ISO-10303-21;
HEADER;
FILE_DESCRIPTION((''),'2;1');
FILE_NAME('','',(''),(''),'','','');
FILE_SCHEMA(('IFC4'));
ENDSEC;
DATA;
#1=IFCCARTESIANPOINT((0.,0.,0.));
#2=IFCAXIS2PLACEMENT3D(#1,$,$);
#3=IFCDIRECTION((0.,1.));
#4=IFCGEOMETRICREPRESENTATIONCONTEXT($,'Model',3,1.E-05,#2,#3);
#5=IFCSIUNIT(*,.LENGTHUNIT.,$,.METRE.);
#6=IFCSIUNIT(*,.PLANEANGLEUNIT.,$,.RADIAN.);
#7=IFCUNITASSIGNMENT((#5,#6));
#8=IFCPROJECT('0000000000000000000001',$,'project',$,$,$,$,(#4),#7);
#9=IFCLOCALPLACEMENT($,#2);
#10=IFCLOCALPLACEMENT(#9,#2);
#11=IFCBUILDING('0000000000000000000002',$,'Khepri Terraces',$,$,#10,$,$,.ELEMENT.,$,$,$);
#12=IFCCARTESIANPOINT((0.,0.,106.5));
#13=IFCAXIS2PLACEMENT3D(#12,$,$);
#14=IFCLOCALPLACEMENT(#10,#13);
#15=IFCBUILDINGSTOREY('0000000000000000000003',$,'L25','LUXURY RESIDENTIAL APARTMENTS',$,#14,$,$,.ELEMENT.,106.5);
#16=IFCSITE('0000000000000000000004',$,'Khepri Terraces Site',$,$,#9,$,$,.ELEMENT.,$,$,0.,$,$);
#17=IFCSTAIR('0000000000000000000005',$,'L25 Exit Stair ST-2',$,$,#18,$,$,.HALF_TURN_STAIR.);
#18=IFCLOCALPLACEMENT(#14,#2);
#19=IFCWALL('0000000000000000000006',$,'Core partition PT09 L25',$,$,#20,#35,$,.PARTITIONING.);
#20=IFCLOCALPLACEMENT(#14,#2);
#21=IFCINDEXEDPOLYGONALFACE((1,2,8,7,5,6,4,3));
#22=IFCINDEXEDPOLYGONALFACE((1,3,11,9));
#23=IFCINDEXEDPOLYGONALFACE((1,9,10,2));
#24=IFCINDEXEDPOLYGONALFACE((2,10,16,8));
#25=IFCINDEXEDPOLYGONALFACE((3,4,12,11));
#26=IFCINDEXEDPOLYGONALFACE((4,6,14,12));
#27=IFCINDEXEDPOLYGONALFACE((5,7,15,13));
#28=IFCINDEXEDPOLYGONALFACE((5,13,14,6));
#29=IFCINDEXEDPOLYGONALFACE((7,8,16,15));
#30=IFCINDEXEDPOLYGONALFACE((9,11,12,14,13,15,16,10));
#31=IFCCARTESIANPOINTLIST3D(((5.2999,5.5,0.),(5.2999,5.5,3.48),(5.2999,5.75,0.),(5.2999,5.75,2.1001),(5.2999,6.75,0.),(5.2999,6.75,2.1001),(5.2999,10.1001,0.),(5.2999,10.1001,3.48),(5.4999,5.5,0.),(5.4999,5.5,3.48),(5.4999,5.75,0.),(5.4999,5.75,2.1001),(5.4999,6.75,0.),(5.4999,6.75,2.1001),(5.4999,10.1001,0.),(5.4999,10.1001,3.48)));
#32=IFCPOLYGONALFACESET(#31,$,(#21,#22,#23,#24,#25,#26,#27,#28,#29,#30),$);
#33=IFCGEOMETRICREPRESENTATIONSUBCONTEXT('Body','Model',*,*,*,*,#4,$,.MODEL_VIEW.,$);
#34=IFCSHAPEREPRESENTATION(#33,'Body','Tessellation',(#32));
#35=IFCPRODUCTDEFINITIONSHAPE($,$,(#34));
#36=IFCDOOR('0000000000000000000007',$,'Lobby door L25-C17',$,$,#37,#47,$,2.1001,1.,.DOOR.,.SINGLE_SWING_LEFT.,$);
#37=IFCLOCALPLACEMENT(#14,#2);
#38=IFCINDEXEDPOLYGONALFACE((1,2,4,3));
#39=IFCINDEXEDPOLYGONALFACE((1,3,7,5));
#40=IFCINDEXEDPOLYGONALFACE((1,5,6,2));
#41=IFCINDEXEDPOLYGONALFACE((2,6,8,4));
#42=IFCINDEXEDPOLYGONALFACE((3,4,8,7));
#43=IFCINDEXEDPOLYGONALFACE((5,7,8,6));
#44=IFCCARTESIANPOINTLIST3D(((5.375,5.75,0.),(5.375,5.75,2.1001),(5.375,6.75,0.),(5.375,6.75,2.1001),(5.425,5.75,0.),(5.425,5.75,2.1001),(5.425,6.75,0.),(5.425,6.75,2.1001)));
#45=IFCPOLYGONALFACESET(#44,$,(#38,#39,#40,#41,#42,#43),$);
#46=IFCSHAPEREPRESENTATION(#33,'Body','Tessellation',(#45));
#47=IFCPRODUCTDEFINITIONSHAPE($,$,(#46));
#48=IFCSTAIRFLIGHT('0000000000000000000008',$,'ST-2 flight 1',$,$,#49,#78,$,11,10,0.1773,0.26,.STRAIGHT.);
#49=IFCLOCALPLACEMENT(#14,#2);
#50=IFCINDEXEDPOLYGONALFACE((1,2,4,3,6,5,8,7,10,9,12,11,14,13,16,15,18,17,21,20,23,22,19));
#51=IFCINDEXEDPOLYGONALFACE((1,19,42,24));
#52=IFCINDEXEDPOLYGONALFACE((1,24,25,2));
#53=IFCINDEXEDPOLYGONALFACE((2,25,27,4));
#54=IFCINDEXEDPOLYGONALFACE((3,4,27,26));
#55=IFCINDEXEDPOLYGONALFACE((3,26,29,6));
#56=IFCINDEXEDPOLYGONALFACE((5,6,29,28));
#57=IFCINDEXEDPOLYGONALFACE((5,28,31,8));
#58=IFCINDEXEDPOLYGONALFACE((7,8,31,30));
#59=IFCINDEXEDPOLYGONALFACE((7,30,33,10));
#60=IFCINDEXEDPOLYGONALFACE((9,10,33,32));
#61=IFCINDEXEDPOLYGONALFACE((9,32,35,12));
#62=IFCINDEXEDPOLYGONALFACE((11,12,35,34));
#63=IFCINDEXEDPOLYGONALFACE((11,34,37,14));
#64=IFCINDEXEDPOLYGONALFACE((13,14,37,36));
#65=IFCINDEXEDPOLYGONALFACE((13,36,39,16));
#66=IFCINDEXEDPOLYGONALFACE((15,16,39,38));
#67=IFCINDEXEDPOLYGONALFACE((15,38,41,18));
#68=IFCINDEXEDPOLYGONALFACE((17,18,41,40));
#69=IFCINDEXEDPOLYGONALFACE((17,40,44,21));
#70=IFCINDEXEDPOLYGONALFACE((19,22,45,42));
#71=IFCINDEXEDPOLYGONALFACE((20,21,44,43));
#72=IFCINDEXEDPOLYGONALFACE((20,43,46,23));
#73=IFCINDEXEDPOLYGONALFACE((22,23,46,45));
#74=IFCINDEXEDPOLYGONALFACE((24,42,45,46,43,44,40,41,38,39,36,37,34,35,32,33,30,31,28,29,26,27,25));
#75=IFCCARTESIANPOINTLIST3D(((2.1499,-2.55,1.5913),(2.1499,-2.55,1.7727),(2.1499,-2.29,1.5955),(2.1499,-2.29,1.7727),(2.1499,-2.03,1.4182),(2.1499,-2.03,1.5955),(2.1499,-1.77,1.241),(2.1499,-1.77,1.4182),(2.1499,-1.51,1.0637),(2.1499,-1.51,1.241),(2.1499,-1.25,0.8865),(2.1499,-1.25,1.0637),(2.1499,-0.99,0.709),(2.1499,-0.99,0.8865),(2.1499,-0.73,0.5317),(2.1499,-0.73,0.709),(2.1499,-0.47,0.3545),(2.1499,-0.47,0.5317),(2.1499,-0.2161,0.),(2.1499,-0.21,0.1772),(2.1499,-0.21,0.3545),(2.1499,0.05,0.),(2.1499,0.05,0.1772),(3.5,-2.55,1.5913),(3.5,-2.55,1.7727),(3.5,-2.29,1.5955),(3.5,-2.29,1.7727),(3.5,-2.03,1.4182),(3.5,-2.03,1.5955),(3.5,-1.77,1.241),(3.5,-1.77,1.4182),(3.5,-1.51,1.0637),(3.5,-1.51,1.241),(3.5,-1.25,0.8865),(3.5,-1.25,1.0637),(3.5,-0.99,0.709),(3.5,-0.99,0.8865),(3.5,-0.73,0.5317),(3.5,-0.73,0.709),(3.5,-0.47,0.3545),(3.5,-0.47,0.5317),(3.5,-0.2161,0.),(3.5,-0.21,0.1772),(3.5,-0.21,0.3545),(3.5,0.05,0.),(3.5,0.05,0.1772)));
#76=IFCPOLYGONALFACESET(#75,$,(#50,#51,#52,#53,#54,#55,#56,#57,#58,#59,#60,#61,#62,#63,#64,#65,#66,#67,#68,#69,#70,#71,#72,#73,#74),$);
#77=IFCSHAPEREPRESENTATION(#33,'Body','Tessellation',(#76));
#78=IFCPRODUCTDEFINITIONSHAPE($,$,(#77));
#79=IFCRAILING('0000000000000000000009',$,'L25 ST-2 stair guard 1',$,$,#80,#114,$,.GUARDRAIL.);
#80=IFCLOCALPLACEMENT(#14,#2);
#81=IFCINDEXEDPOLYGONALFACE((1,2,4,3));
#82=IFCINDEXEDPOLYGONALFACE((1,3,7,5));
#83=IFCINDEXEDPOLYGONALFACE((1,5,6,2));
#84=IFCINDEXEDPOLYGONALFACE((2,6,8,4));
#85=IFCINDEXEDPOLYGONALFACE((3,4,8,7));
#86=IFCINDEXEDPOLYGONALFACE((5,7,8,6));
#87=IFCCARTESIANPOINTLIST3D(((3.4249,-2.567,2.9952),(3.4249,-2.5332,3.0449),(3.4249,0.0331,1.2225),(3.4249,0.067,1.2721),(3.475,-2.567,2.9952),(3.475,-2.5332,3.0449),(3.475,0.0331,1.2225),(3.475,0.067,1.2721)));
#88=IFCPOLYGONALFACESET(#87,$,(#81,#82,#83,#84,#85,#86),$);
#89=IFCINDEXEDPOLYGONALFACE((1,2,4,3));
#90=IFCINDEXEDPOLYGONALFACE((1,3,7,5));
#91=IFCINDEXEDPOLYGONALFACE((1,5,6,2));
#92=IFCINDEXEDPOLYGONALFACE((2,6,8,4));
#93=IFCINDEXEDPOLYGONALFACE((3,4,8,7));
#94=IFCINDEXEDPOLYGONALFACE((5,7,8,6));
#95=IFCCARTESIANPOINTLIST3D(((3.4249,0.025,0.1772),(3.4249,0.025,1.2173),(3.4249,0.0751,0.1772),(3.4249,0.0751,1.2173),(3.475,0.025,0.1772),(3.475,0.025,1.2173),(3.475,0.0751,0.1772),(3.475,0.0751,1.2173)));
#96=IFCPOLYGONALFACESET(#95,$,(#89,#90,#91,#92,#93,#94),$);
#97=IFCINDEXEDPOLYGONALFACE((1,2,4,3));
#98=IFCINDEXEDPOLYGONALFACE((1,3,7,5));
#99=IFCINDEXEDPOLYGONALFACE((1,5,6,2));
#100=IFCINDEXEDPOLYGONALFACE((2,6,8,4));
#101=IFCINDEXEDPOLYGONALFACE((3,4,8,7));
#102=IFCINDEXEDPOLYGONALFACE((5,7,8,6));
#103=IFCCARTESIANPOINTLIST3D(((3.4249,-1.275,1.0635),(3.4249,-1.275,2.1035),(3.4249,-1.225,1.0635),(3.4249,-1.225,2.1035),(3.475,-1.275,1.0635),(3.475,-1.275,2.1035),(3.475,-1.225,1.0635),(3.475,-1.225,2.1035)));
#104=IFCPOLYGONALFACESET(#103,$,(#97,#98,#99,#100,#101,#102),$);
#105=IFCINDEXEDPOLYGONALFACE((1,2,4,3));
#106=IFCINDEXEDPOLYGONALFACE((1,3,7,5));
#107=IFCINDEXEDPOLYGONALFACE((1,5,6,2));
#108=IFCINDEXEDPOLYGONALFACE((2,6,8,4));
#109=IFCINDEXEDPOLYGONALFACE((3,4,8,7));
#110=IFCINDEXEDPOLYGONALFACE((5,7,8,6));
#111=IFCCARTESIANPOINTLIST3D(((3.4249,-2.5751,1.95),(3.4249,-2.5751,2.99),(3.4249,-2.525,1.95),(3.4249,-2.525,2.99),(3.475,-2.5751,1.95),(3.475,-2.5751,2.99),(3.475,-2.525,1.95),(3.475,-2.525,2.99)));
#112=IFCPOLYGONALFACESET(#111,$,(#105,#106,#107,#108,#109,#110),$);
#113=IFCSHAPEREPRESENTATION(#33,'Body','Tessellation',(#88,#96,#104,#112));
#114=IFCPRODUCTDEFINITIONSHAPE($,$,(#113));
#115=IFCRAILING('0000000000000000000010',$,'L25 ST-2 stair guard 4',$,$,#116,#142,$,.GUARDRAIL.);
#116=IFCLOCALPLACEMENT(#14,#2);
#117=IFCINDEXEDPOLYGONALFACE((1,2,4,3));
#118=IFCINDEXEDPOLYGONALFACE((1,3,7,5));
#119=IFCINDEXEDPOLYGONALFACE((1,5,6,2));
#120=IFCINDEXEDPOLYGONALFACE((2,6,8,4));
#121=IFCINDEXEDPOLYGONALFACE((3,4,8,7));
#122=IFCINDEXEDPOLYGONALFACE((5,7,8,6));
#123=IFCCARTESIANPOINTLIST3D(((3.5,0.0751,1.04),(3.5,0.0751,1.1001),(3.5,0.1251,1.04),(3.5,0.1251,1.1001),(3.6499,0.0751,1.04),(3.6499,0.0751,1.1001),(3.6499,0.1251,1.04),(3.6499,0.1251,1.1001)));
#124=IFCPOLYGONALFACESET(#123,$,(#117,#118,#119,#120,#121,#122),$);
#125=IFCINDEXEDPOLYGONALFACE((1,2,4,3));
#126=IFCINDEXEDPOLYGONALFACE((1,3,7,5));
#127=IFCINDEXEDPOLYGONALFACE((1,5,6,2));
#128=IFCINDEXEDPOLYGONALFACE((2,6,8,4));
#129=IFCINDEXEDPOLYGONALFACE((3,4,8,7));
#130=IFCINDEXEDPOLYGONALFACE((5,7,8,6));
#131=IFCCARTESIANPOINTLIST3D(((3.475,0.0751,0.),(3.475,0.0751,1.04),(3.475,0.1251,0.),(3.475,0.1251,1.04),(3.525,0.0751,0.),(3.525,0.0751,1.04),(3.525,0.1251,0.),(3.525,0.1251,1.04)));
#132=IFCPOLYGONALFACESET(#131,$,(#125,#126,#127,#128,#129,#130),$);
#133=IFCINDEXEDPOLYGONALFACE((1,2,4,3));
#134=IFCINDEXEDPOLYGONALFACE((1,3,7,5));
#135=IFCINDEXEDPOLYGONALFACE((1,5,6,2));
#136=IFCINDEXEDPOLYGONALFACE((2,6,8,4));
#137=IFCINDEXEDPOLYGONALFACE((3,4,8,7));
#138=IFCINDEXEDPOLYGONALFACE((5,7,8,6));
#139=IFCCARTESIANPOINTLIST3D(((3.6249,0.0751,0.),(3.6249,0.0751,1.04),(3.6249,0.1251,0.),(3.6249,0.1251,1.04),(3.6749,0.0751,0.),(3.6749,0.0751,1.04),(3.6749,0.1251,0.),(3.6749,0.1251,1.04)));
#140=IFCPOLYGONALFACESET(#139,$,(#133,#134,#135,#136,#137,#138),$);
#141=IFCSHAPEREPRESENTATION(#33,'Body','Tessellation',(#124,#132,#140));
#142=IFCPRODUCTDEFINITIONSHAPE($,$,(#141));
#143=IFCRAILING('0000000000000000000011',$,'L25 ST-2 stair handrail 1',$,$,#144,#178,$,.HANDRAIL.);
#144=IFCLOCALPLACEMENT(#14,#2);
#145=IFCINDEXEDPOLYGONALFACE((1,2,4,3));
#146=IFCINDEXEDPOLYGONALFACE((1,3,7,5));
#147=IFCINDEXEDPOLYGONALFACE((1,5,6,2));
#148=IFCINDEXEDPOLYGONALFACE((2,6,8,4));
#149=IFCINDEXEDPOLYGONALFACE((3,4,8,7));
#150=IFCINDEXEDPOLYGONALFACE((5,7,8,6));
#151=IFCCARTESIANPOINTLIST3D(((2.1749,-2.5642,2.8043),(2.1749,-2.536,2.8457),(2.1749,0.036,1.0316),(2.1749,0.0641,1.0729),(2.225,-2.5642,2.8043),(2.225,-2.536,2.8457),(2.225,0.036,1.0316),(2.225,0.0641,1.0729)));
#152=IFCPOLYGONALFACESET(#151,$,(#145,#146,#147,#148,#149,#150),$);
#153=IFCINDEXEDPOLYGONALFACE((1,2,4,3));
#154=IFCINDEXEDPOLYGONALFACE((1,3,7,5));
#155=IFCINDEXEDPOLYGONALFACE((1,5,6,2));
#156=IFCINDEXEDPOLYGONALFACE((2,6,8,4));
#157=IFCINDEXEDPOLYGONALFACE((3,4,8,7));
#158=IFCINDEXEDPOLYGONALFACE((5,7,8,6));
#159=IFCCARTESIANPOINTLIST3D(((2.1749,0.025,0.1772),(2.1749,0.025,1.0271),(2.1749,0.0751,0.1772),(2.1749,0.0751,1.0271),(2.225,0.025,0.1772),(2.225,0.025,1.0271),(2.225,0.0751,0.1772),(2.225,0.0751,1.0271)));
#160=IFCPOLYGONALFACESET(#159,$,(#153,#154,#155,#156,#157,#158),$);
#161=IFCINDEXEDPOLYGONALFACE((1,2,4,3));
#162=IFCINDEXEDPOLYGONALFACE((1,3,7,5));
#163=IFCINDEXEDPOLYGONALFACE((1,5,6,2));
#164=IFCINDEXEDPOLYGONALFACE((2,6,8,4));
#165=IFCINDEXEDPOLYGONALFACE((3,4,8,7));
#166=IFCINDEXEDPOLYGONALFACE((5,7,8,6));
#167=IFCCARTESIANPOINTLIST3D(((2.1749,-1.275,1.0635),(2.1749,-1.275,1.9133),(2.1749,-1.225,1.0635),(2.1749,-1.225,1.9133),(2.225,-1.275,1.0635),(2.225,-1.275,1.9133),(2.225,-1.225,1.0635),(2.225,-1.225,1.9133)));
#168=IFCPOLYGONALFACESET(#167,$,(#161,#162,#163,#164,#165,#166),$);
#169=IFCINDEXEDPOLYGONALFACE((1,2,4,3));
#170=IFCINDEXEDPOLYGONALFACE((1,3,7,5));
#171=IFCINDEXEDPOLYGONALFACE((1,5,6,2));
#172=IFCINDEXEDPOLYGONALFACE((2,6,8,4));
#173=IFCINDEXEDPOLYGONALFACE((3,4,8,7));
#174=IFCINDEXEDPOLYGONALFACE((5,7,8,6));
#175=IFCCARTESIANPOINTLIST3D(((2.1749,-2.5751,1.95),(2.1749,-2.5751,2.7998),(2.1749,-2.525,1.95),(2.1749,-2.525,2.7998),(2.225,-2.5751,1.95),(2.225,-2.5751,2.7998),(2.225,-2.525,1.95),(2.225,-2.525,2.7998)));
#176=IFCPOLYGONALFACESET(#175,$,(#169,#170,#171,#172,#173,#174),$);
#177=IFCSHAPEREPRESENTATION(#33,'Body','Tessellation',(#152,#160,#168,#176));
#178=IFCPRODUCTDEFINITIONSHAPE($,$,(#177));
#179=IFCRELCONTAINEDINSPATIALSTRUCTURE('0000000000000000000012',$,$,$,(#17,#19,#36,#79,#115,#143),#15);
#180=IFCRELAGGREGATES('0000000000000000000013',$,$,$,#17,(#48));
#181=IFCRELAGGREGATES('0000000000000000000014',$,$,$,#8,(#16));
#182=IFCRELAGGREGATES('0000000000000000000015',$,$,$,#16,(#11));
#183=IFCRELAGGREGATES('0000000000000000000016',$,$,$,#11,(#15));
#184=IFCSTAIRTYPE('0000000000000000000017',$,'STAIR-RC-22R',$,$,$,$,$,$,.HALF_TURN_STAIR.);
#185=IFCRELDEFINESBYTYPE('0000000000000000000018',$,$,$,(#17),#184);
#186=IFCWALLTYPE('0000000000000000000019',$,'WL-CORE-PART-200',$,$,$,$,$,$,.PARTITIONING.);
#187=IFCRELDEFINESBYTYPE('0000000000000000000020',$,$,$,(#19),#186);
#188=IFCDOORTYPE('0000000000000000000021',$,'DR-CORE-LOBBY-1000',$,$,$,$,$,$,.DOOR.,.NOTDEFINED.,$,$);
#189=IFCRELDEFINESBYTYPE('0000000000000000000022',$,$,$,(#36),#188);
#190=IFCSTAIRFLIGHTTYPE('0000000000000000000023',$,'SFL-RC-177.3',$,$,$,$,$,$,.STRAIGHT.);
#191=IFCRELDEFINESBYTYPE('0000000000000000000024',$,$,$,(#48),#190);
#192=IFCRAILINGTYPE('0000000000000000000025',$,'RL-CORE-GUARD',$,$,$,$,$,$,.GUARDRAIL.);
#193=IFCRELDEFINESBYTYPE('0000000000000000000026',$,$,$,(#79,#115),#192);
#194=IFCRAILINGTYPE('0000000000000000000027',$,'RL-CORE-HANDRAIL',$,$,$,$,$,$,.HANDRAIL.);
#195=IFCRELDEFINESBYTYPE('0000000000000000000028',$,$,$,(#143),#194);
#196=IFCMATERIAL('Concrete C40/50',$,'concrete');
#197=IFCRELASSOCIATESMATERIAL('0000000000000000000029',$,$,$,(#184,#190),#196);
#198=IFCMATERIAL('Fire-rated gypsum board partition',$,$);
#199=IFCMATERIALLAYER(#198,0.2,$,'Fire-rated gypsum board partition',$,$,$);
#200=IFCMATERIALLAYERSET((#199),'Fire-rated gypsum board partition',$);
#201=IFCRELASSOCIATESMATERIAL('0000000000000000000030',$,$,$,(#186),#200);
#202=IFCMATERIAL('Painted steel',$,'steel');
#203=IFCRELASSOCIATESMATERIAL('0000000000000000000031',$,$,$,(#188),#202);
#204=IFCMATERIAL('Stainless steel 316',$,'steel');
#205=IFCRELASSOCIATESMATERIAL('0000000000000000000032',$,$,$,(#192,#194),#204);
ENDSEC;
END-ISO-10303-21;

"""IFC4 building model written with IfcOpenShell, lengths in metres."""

from ifc_helpers import new_model, si_unit, direction, frame, frame_2d, origin, origin_2d, place, context, subcontext, project, spatial, polyline, rectangle, outline, extrude, material, layer, layer_set, type_object, element, fill, aggregate, save


model = new_model("IFC4")

# Units and contexts
model_context = context("Model", 3, precision=1e-05, world=origin(), true_north=direction((0.0, 1.0)))
body_context = subcontext(model_context, "Body", "Model", "MODEL_VIEW")
ifc_project = project(units=[si_unit("LENGTHUNIT", "METRE"), si_unit("PLANEANGLEUNIT", "RADIAN")], contexts=[model_context])

# Site, building, storey
site_placement = place(None, origin())
site = spatial("IfcSite", under=ifc_project, at=site_placement, Name="Khepri Terraces Site", CompositionType="ELEMENT", RefElevation=0.0)
building_placement = place(site_placement, origin())
building = spatial("IfcBuilding", under=site, at=building_placement, Name="Khepri Terraces", CompositionType="ELEMENT")
storey_placement = place(building_placement, frame((0.0, 0.0, 106.5)))
storey = spatial("IfcBuildingStorey", under=building, at=storey_placement, Name="L25", Description="LUXURY RESIDENTIAL APARTMENTS", CompositionType="ELEMENT", Elevation=106.5)

# Stair
ifc_material_1 = material(Name="Concrete C40/50", Category="concrete")
stair_type = type_object("IfcStairType", Name="STAIR-RC-22R", PredefinedType="HALF_TURN_STAIR", material=ifc_material_1)
stair_1_placement = place(storey_placement, origin())
stair_1 = element("IfcStair", 1, at=stair_1_placement, inside=storey, type_object=stair_type, Name="L25 Exit Stair ST-2", PredefinedType="HALF_TURN_STAIR")

# Shared definitions
ifc_material_2 = material(Name="Painted steel", Category="steel")

# Shared definitions
ifc_material_3 = material(Name="Fire-rated gypsum board partition")

# Wall, opening, door
ifc_layer_1 = layer(ifc_material_3, 0.2, Name="Fire-rated gypsum board partition")
ifc_layer_set_1 = layer_set([ifc_layer_1], Name="Fire-rated gypsum board partition")
wall_type_1 = type_object("IfcWallType", Name="WL-CORE-PART-200", PredefinedType="PARTITIONING", material=ifc_layer_set_1)
wall_1_placement = place(storey_placement, frame((5.3999, 5.5, 0.0), z_axis=(0.0, 0.0, 1.0), x_axis=(0.0, 1.0, 0.0)))
wall_1 = element("IfcWall", 2, at=wall_1_placement, inside=storey, type_object=wall_type_1, Name="Core partition PT09 L25", PredefinedType="PARTITIONING", context=body_context, shape_type="SweptSolid", body=[
    extrude(rectangle(XDim=4.6001, YDim=0.2, at=frame_2d((2.3, 0.0))), origin(), (0.0, 0.0, 1.0), 3.48),
])
opening_1_placement = place(wall_1_placement, frame((0.25, 0.0, 0.0)))
opening_1 = element("IfcOpeningElement", 3, at=opening_1_placement, cuts=wall_1, PredefinedType="OPENING", context=body_context, shape_type="SweptSolid", body=[
    extrude(rectangle(XDim=1.0, YDim=2.1001, at=frame_2d((0.5, 1.05))), frame((0.0, 0.1099, 0.0), z_axis=(0.0, -1.0, 0.0), x_axis=(1.0, 0.0, 0.0)), (0.0, 0.0, 1.0), 0.22),
])
door_type_1 = type_object("IfcDoorType", Name="DR-CORE-LOBBY-1000", OperationType="NOTDEFINED", PredefinedType="DOOR", material=ifc_material_2)
door_1_placement = place(opening_1_placement, origin())
door_1 = element("IfcDoor", 4, at=door_1_placement, inside=storey, type_object=door_type_1, Name="Lobby door L25-C17", OperationType="SINGLE_SWING_LEFT", OverallHeight=2.1001, OverallWidth=1.0, PredefinedType="DOOR", context=body_context, shape_type="SweptSolid", body=[
    extrude(rectangle(XDim=1.0, YDim=2.1001, at=frame_2d((0.5, 1.05))), frame((0.0, 0.0249, 0.0), z_axis=(0.0, -1.0, 0.0), x_axis=(1.0, 0.0, 0.0)), (0.0, 0.0, 1.0), 0.05),
])
fill(opening_1, door_1)

# Stair flight
stair_flight_type = type_object("IfcStairFlightType", Name="SFL-RC-177.3", PredefinedType="STRAIGHT", material=ifc_material_1)
stair_flight_placement = place(storey_placement, frame((2.825, 0.05, 0.0), z_axis=(0.0, 0.0, 1.0), x_axis=(0.0, -1.0, 0.0)))
stair_flight = element("IfcStairFlight", 5, at=stair_flight_placement, type_object=stair_flight_type, Name="ST-2 flight 1", NumberOfRisers=11, NumberOfTreads=10, PredefinedType="STRAIGHT", RiserHeight=0.1773, TreadLength=0.26, context=body_context, shape_type="SweptSolid", body=[
    extrude(outline(polyline([(0.0, 0.0), (0.0, 0.1772), (0.26, 0.1772), (0.26, 0.3545), (0.52, 0.3545), (0.52, 0.5317), (0.78, 0.5317), (0.78, 0.709), (1.04, 0.709), (1.04, 0.8865), (1.3, 0.8865), (1.3, 1.0637), (1.5601, 1.0637), (1.5601, 1.241), (1.8201, 1.241), (1.8201, 1.4182), (2.0801, 1.4182), (2.0801, 1.5955), (2.3401, 1.5955), (2.3401, 1.7727), (2.6001, 1.7727), (2.6001, 1.95), (2.6001, 1.5913), (0.2661, 0.0), (0.0, 0.0)])), frame((0.0, 0.675, 0.0), z_axis=(0.0, -1.0, 0.0), x_axis=(1.0, 0.0, 0.0)), (0.0, 0.0, 1.0), 1.3501),
])
aggregate(stair_1, [stair_flight])

# Railings
ifc_material_4 = material(Name="Stainless steel 316", Category="steel")
railing_type_1 = type_object("IfcRailingType", Name="RL-CORE-GUARD", PredefinedType="GUARDRAIL", material=ifc_material_4)
railing_1_placement = place(storey_placement, frame((3.45, 0.05, 0.1772)))
element("IfcRailing", 6, at=railing_1_placement, inside=storey, type_object=railing_type_1, Name="L25 ST-2 stair guard 1", PredefinedType="GUARDRAIL", context=body_context, shape_type="SweptSolid", body=[
    extrude(rectangle(XDim=0.05, YDim=0.0601, at=origin_2d()), frame((0.0, 0.0, 1.0701), z_axis=(0.0, -0.82624, 0.563318), x_axis=(1.0, 0.0, 0.0)), (0.0, 0.0, 1.0), 3.147),
    extrude(rectangle(XDim=0.05, YDim=0.05, at=origin_2d()), origin(), (0.0, 0.0, 1.0), 1.04),
    extrude(rectangle(XDim=0.05, YDim=0.05, at=origin_2d()), frame((0.0, -1.3, 0.8862)), (0.0, 0.0, 1.0), 1.04),
    extrude(rectangle(XDim=0.05, YDim=0.05, at=origin_2d()), frame((0.0, -2.6001, 1.7727)), (0.0, 0.0, 1.0), 1.04),
])
railing_2_placement = place(storey_placement, frame((3.5, 0.1001, 0.0)))
element("IfcRailing", 7, at=railing_2_placement, inside=storey, type_object=railing_type_1, Name="L25 ST-2 stair guard 4", PredefinedType="GUARDRAIL", context=body_context, shape_type="SweptSolid", body=[
    extrude(rectangle(XDim=0.05, YDim=0.0601, at=origin_2d()), frame((0.0, 0.0, 1.0701), z_axis=(1.0, 0.0, 0.0), x_axis=(0.0, 1.0, 0.0)), (0.0, 0.0, 1.0), 0.1499),
    extrude(rectangle(XDim=0.05, YDim=0.05, at=origin_2d()), origin(), (0.0, 0.0, 1.0), 1.04),
    extrude(rectangle(XDim=0.05, YDim=0.05, at=origin_2d()), frame((0.1499, 0.0, 0.0)), (0.0, 0.0, 1.0), 1.04),
])
railing_type_2 = type_object("IfcRailingType", Name="RL-CORE-HANDRAIL", PredefinedType="HANDRAIL", material=ifc_material_4)
railing_3_placement = place(storey_placement, frame((2.2, 0.05, 0.1772)))
element("IfcRailing", 8, at=railing_3_placement, inside=storey, type_object=railing_type_2, Name="L25 ST-2 stair handrail 1", PredefinedType="HANDRAIL", context=body_context, shape_type="SweptSolid", body=[
    extrude(rectangle(XDim=0.05, YDim=0.05, at=origin_2d()), frame((0.0, 0.0, 0.875), z_axis=(0.0, -0.82624, 0.563318), x_axis=(1.0, 0.0, 0.0)), (0.0, 0.0, 1.0), 3.147),
    extrude(rectangle(XDim=0.05, YDim=0.05, at=origin_2d()), origin(), (0.0, 0.0, 1.0), 0.8499),
    extrude(rectangle(XDim=0.05, YDim=0.05, at=origin_2d()), frame((0.0, -1.3, 0.8862)), (0.0, 0.0, 1.0), 0.8499),
    extrude(rectangle(XDim=0.05, YDim=0.05, at=origin_2d()), frame((0.0, -2.6001, 1.7727)), (0.0, 0.0, 1.0), 0.8499),
])

save(model, "model.ifc")
